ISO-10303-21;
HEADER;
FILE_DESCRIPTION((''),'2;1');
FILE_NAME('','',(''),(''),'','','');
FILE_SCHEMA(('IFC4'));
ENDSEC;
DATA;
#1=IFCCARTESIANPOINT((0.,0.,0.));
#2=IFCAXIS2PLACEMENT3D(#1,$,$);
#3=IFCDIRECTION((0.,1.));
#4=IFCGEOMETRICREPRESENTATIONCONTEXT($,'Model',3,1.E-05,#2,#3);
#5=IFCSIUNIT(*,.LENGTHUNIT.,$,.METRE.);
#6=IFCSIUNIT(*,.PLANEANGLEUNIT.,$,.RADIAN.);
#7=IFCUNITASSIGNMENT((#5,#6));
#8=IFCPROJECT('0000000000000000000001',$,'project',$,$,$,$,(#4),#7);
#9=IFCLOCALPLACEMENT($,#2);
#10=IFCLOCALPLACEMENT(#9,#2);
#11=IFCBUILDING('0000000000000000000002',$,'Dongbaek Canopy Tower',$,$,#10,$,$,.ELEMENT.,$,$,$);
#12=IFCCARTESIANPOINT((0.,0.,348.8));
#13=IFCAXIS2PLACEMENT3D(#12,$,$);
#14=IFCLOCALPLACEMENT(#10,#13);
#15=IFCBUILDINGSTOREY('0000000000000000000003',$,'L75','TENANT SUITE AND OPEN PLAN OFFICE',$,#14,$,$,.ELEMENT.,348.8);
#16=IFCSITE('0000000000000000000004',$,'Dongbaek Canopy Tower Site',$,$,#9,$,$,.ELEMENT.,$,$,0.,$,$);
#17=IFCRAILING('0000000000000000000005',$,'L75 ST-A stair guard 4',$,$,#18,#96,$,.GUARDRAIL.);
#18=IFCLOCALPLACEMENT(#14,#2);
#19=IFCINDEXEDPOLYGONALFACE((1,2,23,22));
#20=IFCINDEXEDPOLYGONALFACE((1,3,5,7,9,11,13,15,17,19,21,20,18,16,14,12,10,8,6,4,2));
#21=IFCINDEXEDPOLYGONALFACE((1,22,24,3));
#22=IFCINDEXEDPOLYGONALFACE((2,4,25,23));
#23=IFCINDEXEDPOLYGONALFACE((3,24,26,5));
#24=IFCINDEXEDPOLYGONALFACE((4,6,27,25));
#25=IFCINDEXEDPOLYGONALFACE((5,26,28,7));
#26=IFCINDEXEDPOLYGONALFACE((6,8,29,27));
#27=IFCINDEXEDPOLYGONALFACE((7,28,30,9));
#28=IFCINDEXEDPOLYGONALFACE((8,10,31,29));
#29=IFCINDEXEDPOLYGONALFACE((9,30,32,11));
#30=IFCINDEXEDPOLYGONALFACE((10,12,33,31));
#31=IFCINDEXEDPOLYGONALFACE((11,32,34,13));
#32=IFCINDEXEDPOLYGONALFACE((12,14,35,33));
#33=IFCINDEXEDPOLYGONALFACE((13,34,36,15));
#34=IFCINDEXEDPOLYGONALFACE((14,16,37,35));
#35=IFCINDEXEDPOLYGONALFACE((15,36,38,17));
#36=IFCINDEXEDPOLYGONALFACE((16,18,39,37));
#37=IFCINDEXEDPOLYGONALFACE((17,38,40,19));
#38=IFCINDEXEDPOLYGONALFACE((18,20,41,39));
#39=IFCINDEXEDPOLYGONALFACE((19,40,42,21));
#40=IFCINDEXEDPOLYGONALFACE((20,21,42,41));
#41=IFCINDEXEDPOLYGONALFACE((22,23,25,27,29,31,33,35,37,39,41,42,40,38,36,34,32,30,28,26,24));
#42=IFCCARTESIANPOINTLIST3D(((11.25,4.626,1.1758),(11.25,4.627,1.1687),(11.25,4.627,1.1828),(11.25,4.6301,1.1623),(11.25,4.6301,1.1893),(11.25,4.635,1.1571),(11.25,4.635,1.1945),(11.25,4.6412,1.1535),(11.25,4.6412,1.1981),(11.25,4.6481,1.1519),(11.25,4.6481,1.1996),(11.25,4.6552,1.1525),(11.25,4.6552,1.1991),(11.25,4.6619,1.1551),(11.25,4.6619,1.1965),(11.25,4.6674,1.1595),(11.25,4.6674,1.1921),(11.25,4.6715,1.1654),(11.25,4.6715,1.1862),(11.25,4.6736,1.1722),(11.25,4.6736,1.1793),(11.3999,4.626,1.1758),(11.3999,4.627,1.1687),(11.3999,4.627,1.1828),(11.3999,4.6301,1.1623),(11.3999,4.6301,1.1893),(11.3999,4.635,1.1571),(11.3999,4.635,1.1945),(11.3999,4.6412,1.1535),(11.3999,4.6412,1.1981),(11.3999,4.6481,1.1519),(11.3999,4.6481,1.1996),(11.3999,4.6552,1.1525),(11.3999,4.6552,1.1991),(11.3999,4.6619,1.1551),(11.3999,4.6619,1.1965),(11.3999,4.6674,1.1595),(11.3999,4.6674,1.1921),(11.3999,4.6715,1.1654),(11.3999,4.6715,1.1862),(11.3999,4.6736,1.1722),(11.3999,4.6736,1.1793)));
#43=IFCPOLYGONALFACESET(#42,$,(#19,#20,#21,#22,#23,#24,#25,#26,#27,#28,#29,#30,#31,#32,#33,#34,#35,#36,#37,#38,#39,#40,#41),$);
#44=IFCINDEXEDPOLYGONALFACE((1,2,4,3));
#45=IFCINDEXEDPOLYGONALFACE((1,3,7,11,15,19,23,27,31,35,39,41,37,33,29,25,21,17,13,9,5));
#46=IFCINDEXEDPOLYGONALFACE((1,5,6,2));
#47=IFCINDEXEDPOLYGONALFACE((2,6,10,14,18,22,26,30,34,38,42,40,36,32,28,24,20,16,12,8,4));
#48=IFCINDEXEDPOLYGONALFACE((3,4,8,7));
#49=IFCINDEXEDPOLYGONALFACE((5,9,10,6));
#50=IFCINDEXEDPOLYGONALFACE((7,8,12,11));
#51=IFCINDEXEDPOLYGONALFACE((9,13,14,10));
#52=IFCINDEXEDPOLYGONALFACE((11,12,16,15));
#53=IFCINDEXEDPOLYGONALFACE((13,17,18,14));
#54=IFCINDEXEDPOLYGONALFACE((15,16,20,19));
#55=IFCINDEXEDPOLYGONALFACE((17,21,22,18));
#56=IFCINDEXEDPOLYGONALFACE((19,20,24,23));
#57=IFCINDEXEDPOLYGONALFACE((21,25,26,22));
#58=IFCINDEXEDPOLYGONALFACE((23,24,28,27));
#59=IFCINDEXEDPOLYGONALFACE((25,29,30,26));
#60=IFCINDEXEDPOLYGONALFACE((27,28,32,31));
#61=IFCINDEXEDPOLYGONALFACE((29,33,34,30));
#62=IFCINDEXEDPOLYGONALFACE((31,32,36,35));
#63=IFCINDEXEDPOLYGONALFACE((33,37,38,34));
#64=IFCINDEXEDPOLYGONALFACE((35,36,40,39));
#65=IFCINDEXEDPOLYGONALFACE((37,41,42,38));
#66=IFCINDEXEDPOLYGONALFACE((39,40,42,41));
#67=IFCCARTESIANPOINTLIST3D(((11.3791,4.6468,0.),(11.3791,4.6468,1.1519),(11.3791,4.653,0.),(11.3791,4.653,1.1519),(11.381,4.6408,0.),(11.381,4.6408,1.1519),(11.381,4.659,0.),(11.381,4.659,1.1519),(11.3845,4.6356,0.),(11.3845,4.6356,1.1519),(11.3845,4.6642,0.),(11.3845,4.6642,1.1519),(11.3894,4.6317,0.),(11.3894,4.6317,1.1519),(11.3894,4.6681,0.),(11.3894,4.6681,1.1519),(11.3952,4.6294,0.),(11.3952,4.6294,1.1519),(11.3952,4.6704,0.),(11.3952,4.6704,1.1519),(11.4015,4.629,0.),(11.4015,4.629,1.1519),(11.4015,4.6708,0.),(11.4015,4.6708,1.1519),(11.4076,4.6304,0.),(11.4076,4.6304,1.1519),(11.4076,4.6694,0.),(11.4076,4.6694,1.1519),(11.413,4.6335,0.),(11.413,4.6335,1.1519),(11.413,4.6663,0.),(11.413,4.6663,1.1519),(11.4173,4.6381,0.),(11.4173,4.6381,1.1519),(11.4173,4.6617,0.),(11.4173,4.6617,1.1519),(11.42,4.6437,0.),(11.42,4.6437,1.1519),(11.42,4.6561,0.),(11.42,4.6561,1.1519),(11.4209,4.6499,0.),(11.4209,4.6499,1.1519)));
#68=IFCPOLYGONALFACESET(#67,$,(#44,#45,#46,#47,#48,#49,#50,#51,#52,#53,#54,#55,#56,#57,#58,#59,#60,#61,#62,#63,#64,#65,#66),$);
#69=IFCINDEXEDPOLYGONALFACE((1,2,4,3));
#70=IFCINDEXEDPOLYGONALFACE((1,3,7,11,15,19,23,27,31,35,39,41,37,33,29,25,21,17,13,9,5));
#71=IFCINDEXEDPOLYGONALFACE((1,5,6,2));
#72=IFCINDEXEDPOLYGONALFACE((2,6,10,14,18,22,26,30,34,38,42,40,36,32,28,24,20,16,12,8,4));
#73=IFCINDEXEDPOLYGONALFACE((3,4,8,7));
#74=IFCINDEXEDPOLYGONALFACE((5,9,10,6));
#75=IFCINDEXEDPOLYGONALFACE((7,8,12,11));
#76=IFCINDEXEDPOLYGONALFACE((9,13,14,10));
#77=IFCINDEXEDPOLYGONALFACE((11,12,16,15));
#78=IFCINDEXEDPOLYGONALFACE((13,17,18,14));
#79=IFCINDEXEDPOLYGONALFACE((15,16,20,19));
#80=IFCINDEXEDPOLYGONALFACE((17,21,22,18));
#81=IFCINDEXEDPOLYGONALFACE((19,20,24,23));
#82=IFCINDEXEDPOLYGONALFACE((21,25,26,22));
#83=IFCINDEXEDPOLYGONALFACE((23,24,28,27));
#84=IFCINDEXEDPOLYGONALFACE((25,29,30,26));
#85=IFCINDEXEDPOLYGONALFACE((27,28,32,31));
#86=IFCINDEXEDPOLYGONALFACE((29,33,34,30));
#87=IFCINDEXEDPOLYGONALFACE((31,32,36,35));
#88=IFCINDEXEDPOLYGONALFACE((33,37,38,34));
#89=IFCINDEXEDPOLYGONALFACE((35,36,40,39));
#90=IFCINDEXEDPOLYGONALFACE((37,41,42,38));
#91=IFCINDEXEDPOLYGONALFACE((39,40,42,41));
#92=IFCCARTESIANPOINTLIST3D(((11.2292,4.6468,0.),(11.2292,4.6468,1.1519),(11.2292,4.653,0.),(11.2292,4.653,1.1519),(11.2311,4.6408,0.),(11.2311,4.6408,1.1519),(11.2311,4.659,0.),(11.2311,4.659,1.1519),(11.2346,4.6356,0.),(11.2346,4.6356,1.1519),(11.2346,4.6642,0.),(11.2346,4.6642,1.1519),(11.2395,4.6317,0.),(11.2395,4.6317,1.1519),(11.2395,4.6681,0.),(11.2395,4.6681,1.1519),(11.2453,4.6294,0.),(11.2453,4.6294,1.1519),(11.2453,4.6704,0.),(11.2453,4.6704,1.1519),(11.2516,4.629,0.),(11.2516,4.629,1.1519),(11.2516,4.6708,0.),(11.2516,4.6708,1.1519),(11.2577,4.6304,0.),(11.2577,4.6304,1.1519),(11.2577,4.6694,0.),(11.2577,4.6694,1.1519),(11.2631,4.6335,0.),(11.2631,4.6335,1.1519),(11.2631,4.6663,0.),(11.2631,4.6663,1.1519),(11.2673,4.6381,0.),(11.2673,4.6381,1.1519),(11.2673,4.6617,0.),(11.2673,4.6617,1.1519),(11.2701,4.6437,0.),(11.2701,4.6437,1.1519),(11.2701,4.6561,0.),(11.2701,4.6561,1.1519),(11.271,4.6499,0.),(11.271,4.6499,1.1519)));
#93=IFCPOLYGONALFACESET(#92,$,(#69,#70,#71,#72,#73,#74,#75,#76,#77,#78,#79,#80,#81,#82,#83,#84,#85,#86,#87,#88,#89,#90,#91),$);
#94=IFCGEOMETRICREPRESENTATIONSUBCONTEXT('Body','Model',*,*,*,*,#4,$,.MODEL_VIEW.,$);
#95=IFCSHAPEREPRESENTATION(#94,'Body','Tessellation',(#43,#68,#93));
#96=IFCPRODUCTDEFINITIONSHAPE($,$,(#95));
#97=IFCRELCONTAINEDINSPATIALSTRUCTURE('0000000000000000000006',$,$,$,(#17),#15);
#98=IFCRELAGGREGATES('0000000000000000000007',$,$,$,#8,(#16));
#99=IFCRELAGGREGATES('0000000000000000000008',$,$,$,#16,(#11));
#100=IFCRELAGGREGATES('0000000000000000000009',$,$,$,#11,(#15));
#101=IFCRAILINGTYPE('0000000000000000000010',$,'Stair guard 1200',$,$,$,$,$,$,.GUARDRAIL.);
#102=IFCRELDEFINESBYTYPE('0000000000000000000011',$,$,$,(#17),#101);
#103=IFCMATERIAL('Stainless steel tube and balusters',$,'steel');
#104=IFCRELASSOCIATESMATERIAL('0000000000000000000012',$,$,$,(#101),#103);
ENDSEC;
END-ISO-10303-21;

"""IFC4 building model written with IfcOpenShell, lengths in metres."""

from ifc_helpers import new_model, si_unit, direction, frame, origin, origin_2d, place, context, subcontext, project, spatial, circle, extrude, material, type_object, element, save


model = new_model("IFC4")

# Units and contexts
model_context = context("Model", 3, precision=1e-05, world=origin(), true_north=direction((0.0, 1.0)))
body_context = subcontext(model_context, "Body", "Model", "MODEL_VIEW")
ifc_project = project(units=[si_unit("LENGTHUNIT", "METRE"), si_unit("PLANEANGLEUNIT", "RADIAN")], contexts=[model_context])

# Site, building, storey
site_placement = place(None, origin())
site = spatial("IfcSite", under=ifc_project, at=site_placement, Name="Dongbaek Canopy Tower Site", CompositionType="ELEMENT", RefElevation=0.0)
building_placement = place(site_placement, origin())
building = spatial("IfcBuilding", under=site, at=building_placement, Name="Dongbaek Canopy Tower", CompositionType="ELEMENT")
storey_placement = place(building_placement, frame((0.0, 0.0, 348.8)))
storey = spatial("IfcBuildingStorey", under=building, at=storey_placement, Name="L75", Description="TENANT SUITE AND OPEN PLAN OFFICE", CompositionType="ELEMENT", Elevation=348.8)

# Railing
ifc_material_1 = material(Name="Stainless steel tube and balusters", Category="steel")
railing_type_1 = type_object("IfcRailingType", Name="Stair guard 1200", PredefinedType="GUARDRAIL", material=ifc_material_1)
railing_1_placement = place(storey_placement, frame((11.3999, 4.6499, 0.0)))
element("IfcRailing", 1, at=railing_1_placement, inside=storey, type_object=railing_type_1, Name="L75 ST-A stair guard 4", PredefinedType="GUARDRAIL", context=body_context, shape_type="SweptSolid", body=[
    extrude(circle(Radius=0.0239, at=origin_2d()), frame((0.0, 0.0, 1.1758), z_axis=(-1.0, 0.0, 0.0), x_axis=(0.0, -1.0, 0.0)), (0.0, 0.0, 1.0), 0.1499),
    extrude(circle(Radius=0.021, at=origin_2d()), origin(), (0.0, 0.0, 1.0), 1.1519),
    extrude(circle(Radius=0.021, at=origin_2d()), frame((-0.1499, 0.0, 0.0)), (0.0, 0.0, 1.0), 1.1519),
])

save(model, "model.ifc")
